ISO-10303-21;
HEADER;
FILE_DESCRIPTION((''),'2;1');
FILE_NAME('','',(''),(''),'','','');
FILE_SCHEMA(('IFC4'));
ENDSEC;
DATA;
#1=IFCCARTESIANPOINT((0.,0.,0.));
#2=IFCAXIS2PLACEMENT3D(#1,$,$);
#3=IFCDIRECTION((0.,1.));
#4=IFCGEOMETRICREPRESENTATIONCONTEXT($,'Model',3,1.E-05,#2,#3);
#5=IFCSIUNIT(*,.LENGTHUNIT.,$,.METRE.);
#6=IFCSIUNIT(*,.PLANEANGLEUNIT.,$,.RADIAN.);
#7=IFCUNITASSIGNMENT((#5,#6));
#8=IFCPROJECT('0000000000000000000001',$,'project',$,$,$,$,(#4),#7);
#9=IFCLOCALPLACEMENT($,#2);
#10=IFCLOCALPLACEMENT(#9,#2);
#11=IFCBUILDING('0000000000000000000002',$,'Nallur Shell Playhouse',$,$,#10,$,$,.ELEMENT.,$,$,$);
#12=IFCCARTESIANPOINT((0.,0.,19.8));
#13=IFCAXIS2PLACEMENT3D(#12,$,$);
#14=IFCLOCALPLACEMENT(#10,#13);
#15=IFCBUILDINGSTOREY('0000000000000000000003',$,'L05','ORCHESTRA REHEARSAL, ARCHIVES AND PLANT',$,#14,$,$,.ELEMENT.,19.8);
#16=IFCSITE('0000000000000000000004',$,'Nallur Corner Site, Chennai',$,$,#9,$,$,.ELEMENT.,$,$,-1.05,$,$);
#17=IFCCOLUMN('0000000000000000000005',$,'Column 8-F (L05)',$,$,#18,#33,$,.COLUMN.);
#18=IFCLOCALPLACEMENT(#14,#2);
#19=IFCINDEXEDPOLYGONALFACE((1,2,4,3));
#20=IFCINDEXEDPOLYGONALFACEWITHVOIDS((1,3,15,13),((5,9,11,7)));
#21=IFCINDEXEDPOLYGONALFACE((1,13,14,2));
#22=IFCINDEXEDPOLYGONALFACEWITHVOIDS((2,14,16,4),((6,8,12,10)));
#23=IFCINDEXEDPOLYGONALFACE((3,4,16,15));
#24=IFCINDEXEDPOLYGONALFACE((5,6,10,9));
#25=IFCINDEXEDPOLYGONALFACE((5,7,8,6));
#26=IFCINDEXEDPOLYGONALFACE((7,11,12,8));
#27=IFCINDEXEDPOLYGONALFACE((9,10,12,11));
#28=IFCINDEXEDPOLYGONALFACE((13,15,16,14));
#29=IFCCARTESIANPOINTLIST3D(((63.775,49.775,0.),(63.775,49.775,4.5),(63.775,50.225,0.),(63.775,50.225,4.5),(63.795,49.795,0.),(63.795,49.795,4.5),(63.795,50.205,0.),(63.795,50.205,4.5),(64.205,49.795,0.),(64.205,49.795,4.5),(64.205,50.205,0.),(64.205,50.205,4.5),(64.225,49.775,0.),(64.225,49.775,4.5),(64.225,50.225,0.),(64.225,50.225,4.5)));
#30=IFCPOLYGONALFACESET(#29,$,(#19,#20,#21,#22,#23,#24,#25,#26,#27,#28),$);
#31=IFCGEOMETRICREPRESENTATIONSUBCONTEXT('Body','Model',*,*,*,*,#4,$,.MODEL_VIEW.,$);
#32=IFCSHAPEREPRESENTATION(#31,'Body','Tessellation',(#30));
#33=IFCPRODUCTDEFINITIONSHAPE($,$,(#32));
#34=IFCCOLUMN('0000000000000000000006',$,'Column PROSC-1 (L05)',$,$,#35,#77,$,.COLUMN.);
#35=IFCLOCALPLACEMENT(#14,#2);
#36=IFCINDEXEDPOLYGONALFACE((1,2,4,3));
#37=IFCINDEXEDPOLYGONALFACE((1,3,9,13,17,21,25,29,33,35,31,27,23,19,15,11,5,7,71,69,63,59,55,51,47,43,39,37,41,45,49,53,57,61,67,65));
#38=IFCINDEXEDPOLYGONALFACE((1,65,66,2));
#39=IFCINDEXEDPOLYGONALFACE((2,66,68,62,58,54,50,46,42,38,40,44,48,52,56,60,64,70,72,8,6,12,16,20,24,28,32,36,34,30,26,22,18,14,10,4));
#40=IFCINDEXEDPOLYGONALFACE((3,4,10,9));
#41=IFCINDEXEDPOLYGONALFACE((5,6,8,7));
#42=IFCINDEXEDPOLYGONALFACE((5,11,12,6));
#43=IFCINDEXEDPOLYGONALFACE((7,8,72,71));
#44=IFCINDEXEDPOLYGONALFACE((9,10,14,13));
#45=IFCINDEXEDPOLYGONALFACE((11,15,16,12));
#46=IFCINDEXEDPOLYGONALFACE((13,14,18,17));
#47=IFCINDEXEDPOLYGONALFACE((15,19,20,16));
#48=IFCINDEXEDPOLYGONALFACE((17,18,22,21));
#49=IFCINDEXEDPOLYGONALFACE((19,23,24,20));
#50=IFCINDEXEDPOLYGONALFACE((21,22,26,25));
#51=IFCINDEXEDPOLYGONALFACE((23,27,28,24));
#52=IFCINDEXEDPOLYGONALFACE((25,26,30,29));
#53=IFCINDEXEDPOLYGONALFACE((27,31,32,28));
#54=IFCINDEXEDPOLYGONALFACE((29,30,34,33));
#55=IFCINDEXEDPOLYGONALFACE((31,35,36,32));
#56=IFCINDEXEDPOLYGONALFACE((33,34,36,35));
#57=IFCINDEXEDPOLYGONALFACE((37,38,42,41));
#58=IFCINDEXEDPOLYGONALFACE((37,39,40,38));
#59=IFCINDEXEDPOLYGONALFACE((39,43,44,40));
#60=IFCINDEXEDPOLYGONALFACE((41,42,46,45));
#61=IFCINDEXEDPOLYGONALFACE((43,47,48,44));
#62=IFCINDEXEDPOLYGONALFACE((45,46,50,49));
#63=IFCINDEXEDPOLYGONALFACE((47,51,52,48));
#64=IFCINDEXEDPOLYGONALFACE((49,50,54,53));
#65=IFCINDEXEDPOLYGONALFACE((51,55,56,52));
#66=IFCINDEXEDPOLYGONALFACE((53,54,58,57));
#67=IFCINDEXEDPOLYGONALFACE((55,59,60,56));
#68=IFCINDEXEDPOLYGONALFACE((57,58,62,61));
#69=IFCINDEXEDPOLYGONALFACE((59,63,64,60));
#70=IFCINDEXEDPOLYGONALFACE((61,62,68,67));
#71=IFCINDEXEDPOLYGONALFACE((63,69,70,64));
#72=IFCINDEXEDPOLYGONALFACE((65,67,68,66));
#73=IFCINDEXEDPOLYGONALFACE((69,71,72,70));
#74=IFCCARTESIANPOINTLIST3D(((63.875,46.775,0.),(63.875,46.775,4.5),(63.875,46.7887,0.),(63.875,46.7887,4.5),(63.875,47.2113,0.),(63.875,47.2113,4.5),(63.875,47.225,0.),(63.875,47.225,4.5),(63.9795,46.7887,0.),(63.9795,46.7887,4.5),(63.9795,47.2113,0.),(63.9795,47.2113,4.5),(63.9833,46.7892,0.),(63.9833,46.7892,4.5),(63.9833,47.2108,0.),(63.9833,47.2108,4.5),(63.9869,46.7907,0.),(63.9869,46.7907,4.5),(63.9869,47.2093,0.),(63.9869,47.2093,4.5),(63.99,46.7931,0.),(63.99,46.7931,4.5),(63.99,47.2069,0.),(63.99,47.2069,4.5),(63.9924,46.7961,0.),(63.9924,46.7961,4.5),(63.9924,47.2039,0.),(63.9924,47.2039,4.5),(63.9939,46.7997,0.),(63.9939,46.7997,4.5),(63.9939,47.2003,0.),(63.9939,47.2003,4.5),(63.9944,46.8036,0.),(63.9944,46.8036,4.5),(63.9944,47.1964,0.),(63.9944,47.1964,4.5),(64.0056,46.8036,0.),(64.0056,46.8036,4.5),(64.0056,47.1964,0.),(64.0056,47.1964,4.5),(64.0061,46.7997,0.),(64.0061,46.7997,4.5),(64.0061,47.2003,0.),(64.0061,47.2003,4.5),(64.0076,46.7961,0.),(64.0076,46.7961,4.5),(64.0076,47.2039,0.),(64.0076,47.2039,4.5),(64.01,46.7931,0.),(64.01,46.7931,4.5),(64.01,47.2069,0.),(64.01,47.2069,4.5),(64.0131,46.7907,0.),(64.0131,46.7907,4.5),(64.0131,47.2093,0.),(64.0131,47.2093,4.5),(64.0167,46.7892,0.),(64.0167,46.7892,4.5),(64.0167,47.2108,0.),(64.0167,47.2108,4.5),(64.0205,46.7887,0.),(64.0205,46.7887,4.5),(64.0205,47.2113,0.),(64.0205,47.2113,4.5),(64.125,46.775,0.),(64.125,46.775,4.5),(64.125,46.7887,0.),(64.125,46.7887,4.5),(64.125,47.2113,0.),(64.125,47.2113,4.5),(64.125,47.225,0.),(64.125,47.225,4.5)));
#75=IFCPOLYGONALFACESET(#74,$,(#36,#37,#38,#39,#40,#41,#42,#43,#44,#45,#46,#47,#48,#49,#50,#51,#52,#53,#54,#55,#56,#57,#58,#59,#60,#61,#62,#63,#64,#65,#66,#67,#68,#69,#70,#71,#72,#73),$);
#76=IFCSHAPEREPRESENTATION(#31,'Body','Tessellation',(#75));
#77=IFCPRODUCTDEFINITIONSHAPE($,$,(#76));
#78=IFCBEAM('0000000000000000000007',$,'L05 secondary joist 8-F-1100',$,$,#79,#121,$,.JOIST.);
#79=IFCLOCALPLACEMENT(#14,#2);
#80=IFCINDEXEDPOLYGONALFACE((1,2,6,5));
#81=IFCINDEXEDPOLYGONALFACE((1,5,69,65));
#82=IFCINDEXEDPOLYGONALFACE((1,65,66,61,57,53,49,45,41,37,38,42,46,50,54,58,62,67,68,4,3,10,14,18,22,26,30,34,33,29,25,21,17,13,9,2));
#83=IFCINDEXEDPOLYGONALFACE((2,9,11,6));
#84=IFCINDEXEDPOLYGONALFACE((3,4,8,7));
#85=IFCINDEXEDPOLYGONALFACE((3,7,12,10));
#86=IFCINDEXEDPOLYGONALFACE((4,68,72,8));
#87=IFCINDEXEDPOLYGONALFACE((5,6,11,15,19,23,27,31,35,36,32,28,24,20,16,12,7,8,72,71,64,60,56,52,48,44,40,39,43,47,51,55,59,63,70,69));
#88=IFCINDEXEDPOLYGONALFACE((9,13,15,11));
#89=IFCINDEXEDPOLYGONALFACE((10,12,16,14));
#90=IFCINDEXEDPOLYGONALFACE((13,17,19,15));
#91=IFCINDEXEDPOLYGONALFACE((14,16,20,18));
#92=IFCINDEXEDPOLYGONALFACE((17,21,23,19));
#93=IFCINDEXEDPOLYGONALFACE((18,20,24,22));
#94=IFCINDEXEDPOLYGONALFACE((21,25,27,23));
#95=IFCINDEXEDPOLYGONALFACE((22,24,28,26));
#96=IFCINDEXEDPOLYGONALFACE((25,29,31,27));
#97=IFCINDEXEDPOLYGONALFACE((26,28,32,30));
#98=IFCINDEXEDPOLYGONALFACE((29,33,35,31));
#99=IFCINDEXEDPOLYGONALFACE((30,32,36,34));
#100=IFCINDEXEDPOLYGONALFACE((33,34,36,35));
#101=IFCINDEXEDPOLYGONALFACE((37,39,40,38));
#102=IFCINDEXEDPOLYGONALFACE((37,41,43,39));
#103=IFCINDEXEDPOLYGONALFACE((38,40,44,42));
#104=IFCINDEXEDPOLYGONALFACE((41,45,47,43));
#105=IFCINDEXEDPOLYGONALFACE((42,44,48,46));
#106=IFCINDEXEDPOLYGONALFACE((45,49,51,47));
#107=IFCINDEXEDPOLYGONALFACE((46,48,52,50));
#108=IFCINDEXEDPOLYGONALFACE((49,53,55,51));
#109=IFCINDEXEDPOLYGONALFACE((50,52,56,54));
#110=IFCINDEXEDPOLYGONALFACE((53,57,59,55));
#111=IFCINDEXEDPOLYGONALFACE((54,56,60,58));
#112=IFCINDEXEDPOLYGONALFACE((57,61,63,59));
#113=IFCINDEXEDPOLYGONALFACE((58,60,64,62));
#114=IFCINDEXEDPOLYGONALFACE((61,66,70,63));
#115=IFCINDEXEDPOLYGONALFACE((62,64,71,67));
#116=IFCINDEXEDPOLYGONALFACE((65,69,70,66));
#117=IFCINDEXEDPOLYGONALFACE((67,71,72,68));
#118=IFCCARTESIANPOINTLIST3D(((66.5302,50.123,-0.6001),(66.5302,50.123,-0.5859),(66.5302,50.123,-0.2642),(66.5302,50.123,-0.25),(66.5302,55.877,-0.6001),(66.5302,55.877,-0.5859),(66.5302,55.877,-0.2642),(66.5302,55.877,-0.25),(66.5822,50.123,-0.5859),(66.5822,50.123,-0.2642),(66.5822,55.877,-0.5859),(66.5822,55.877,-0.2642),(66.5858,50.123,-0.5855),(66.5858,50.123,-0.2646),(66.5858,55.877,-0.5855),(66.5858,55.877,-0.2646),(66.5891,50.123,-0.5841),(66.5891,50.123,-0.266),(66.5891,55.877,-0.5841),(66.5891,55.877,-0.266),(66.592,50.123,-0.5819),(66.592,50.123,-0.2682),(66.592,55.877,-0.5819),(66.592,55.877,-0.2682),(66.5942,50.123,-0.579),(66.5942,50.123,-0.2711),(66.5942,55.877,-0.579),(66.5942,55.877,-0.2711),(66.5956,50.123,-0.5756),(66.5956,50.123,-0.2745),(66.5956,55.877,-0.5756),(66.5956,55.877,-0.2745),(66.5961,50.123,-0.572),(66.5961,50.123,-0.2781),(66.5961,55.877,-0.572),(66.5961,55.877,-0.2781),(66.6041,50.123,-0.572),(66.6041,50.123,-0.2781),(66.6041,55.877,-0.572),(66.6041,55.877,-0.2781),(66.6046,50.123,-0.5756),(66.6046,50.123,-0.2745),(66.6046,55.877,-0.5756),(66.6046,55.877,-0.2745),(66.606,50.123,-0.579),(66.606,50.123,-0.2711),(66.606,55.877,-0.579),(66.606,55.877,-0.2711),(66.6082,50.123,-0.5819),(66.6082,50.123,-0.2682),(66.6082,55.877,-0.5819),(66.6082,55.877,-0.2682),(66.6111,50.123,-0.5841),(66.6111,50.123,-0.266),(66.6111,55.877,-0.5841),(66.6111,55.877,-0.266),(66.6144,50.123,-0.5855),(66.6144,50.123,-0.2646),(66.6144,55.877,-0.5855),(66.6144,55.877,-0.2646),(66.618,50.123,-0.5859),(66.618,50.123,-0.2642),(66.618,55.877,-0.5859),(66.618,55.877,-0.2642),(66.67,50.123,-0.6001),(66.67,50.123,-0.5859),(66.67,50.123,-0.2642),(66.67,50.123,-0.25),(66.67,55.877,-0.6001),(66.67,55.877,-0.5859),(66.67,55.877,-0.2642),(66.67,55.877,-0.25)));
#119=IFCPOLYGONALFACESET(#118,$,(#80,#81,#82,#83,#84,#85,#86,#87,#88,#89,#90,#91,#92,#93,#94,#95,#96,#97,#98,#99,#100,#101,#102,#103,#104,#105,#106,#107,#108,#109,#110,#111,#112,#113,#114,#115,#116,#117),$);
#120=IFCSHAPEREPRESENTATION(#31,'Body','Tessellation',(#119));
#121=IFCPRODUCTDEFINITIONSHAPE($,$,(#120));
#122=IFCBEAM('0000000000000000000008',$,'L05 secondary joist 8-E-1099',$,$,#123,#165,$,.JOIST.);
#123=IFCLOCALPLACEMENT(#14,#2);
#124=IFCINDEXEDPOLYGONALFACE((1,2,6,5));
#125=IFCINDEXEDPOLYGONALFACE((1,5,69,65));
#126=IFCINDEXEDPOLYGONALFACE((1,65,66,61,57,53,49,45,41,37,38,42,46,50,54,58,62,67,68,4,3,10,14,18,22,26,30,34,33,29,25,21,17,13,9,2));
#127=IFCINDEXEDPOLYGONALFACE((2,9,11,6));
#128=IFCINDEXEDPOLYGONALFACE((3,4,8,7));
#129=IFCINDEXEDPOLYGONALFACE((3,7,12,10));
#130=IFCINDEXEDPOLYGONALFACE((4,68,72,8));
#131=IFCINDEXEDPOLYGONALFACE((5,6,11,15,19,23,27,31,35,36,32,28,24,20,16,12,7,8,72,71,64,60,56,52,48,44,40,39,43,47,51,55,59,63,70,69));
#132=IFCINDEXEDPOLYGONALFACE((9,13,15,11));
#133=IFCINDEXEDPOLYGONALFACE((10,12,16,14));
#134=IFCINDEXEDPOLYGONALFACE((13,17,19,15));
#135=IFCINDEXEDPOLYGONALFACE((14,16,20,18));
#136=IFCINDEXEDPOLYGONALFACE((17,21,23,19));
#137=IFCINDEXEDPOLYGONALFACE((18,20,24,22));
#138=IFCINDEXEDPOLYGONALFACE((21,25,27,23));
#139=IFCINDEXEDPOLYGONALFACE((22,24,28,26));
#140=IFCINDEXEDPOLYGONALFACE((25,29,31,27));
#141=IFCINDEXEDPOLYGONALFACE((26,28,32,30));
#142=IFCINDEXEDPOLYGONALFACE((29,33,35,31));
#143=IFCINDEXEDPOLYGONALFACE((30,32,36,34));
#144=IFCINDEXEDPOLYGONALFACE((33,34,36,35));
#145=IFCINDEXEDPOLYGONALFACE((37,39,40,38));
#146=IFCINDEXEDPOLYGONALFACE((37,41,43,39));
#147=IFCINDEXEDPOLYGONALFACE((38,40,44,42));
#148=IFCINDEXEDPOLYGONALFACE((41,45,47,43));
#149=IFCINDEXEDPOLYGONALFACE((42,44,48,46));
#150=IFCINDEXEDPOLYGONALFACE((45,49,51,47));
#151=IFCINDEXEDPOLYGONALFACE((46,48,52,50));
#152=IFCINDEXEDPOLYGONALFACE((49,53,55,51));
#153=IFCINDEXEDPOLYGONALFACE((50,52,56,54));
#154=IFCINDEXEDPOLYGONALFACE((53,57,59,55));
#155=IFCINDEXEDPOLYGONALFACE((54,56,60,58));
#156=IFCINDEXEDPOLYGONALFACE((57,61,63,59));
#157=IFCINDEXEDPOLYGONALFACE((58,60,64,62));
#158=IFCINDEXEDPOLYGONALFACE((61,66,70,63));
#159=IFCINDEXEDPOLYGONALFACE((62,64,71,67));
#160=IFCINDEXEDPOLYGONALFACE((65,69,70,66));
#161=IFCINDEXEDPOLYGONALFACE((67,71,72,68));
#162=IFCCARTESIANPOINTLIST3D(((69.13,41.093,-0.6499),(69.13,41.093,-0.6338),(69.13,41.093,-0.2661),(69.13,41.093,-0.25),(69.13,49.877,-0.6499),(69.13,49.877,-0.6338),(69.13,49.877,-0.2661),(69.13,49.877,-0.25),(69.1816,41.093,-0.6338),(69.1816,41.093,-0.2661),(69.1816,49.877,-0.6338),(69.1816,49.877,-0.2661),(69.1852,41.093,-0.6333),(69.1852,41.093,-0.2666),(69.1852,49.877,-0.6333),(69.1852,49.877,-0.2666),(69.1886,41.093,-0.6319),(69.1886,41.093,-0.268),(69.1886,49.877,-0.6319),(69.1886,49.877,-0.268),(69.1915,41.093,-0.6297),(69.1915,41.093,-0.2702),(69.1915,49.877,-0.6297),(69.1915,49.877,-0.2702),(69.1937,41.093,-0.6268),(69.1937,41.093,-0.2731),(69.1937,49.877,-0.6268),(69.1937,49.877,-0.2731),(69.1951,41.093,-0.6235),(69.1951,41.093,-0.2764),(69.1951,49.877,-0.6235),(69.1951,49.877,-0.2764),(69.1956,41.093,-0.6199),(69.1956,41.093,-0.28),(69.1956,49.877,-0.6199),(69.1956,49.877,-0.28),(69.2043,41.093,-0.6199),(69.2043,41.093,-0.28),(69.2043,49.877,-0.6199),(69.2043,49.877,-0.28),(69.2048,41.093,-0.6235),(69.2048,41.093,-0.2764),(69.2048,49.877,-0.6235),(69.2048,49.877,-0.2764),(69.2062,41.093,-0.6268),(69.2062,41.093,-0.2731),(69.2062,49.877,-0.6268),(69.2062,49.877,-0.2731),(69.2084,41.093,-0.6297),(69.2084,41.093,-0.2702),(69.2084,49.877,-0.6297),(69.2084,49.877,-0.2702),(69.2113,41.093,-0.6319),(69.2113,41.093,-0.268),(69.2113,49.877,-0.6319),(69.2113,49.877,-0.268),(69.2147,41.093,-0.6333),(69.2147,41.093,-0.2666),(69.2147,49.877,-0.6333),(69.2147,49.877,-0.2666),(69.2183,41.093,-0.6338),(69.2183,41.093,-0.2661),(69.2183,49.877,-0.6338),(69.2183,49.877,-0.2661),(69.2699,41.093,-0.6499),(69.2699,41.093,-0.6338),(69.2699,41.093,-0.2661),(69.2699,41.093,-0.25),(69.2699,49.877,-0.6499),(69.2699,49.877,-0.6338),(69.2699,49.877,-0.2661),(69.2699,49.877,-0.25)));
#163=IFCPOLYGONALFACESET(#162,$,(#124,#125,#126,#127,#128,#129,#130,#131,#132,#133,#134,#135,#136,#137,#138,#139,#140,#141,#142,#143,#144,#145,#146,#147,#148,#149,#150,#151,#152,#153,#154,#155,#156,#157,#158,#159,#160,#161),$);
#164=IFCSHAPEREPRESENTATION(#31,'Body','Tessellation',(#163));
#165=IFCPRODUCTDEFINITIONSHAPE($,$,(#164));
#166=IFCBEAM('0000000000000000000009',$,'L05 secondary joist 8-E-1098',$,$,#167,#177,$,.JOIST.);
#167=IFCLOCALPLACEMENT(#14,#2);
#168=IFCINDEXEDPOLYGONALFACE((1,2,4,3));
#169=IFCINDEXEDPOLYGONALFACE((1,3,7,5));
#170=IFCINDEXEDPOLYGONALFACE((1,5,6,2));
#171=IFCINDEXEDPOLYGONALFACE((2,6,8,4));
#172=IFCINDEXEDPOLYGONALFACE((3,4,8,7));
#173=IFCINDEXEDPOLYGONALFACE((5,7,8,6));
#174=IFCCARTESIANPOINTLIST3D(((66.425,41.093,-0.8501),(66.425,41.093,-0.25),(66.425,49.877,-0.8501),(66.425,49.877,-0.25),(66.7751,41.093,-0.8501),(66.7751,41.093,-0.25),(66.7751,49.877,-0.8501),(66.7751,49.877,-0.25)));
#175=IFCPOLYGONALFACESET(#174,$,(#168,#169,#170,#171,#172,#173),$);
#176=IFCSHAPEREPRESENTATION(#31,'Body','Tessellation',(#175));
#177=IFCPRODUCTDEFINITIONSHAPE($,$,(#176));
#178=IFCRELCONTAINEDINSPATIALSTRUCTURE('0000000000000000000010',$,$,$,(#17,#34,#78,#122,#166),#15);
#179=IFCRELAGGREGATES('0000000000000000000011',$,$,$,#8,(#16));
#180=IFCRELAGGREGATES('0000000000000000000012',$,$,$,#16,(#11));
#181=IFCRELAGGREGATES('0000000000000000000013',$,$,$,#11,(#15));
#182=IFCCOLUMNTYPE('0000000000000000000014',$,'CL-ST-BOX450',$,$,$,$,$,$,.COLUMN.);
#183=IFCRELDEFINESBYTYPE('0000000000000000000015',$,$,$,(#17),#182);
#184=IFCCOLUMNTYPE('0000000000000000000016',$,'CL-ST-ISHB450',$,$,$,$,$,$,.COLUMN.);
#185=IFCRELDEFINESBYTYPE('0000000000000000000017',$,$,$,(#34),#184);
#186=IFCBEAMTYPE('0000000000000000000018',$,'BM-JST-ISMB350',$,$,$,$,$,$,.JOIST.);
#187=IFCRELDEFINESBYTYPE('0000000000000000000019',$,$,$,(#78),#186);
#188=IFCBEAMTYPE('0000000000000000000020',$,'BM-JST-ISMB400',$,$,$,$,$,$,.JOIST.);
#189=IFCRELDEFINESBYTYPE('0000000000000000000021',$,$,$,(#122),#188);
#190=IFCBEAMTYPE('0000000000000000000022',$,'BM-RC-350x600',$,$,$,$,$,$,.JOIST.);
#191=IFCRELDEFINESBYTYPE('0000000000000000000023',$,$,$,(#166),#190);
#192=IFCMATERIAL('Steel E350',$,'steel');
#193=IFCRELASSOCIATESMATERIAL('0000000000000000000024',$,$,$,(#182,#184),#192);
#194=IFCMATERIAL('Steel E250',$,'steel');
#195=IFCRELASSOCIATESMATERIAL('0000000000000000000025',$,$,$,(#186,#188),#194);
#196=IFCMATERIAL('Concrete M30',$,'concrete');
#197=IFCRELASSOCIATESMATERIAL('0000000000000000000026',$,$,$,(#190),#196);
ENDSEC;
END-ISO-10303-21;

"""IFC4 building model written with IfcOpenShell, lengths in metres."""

from ifc_helpers import new_model, si_unit, direction, frame, origin, origin_2d, place, context, subcontext, project, spatial, rectangle, hollow_rectangle, i_section, extrude, material, material_profile, profile_set, type_object, element, save


model = new_model("IFC4")

# Units and contexts
model_context = context("Model", 3, precision=1e-05, world=origin(), true_north=direction((0.0, 1.0)))
body_context = subcontext(model_context, "Body", "Model", "MODEL_VIEW")
ifc_project = project(units=[si_unit("LENGTHUNIT", "METRE"), si_unit("PLANEANGLEUNIT", "RADIAN")], contexts=[model_context])

# Site, building, storey
site_placement = place(None, origin())
site = spatial("IfcSite", under=ifc_project, at=site_placement, Name="Nallur Corner Site, Chennai", CompositionType="ELEMENT", RefElevation=-1.05)
building_placement = place(site_placement, origin())
building = spatial("IfcBuilding", under=site, at=building_placement, Name="Nallur Shell Playhouse", CompositionType="ELEMENT")
storey_placement = place(building_placement, frame((0.0, 0.0, 19.8)))
storey = spatial("IfcBuildingStorey", under=building, at=storey_placement, Name="L05", Description="ORCHESTRA REHEARSAL, ARCHIVES AND PLANT", CompositionType="ELEMENT", Elevation=19.8)

# Columns
ifc_material_1 = material(Name="Steel E350", Category="steel")
ifc_material_profile_1 = material_profile(ifc_material_1, hollow_rectangle(XDim=0.45, YDim=0.45, WallThickness=0.02, at=origin_2d()), Name="BOX 450x450x20")
ifc_profile_set_1 = profile_set([ifc_material_profile_1], Name="Steel E350")
column_type_1 = type_object("IfcColumnType", Name="CL-ST-BOX450", PredefinedType="COLUMN", material=ifc_profile_set_1)
column_1_placement = place(storey_placement, frame((64.0, 50.0, 0.0), z_axis=(0.0, 0.0, 1.0), x_axis=(1.0, 0.0, 0.0)))
element("IfcColumn", 1, at=column_1_placement, inside=storey, type_object=column_type_1, Name="Column 8-F (L05)", PredefinedType="COLUMN", context=body_context, shape_type="SweptSolid", body=[
    extrude(hollow_rectangle(XDim=0.45, YDim=0.45, WallThickness=0.02, at=origin_2d()), origin(), (0.0, 0.0, 1.0), 4.5),
])
ifc_material_profile_2 = material_profile(ifc_material_1, i_section(OverallWidth=0.25, OverallDepth=0.45, WebThickness=0.0112, FlangeThickness=0.0137, FilletRadius=0.0149, at=origin_2d()), Name="ISHB 450")
ifc_profile_set_2 = profile_set([ifc_material_profile_2], Name="Steel E350")
column_type_2 = type_object("IfcColumnType", Name="CL-ST-ISHB450", PredefinedType="COLUMN", material=ifc_profile_set_2)
column_2_placement = place(storey_placement, frame((64.0, 47.0, 0.0), z_axis=(0.0, 0.0, 1.0), x_axis=(1.0, 0.0, 0.0)))
element("IfcColumn", 2, at=column_2_placement, inside=storey, type_object=column_type_2, Name="Column PROSC-1 (L05)", PredefinedType="COLUMN", context=body_context, shape_type="SweptSolid", body=[
    extrude(i_section(OverallWidth=0.25, OverallDepth=0.45, WebThickness=0.0112, FlangeThickness=0.0137, FilletRadius=0.0149, at=origin_2d()), origin(), (0.0, 0.0, 1.0), 4.5),
])

# Beams
ifc_material_2 = material(Name="Steel E250", Category="steel")
ifc_material_profile_3 = material_profile(ifc_material_2, i_section(OverallWidth=0.1399, OverallDepth=0.3501, WebThickness=0.0081, FlangeThickness=0.0142, FilletRadius=0.0139, at=origin_2d()), Name="ISMB 350")
ifc_profile_set_3 = profile_set([ifc_material_profile_3], Name="Steel E250")
beam_type_1 = type_object("IfcBeamType", Name="BM-JST-ISMB350", PredefinedType="JOIST", material=ifc_profile_set_3)
beam_1_placement = place(storey_placement, frame((66.6001, 50.123, -0.425), z_axis=(0.0, 1.0, 0.0), x_axis=(-1.0, 0.0, 0.0)))
element("IfcBeam", 3, at=beam_1_placement, inside=storey, type_object=beam_type_1, Name="L05 secondary joist 8-F-1100", PredefinedType="JOIST", context=body_context, shape_type="SweptSolid", body=[
    extrude(i_section(OverallWidth=0.1399, OverallDepth=0.3501, WebThickness=0.0081, FlangeThickness=0.0142, FilletRadius=0.0139, at=origin_2d()), origin(), (0.0, 0.0, 1.0), 5.7539),
])
ifc_material_profile_4 = material_profile(ifc_material_2, i_section(OverallWidth=0.1399, OverallDepth=0.3999, WebThickness=0.0088, FlangeThickness=0.0161, FilletRadius=0.0139, at=origin_2d()), Name="ISMB 400")
ifc_profile_set_4 = profile_set([ifc_material_profile_4], Name="Steel E250")
beam_type_2 = type_object("IfcBeamType", Name="BM-JST-ISMB400", PredefinedType="JOIST", material=ifc_profile_set_4)
beam_2_placement = place(storey_placement, frame((69.2, 41.093, -0.45), z_axis=(0.0, 1.0, 0.0), x_axis=(-1.0, 0.0, 0.0)))
element("IfcBeam", 4, at=beam_2_placement, inside=storey, type_object=beam_type_2, Name="L05 secondary joist 8-E-1099", PredefinedType="JOIST", context=body_context, shape_type="SweptSolid", body=[
    extrude(i_section(OverallWidth=0.1399, OverallDepth=0.3999, WebThickness=0.0088, FlangeThickness=0.0161, FilletRadius=0.0139, at=origin_2d()), origin(), (0.0, 0.0, 1.0), 8.7839),
])
ifc_material_3 = material(Name="Concrete M30", Category="concrete")
ifc_material_profile_5 = material_profile(ifc_material_3, rectangle(XDim=0.3501, YDim=0.6001, at=origin_2d()), Name="RC 350x600")
ifc_profile_set_5 = profile_set([ifc_material_profile_5], Name="Concrete M30")
beam_type_3 = type_object("IfcBeamType", Name="BM-RC-350x600", PredefinedType="JOIST", material=ifc_profile_set_5)
beam_3_placement = place(storey_placement, frame((66.6001, 41.093, -0.55), z_axis=(0.0, 1.0, 0.0), x_axis=(-1.0, 0.0, 0.0)))
element("IfcBeam", 5, at=beam_3_placement, inside=storey, type_object=beam_type_3, Name="L05 secondary joist 8-E-1098", PredefinedType="JOIST", context=body_context, shape_type="SweptSolid", body=[
    extrude(rectangle(XDim=0.3501, YDim=0.6001, at=origin_2d()), origin(), (0.0, 0.0, 1.0), 8.7839),
])

save(model, "model.ifc")
